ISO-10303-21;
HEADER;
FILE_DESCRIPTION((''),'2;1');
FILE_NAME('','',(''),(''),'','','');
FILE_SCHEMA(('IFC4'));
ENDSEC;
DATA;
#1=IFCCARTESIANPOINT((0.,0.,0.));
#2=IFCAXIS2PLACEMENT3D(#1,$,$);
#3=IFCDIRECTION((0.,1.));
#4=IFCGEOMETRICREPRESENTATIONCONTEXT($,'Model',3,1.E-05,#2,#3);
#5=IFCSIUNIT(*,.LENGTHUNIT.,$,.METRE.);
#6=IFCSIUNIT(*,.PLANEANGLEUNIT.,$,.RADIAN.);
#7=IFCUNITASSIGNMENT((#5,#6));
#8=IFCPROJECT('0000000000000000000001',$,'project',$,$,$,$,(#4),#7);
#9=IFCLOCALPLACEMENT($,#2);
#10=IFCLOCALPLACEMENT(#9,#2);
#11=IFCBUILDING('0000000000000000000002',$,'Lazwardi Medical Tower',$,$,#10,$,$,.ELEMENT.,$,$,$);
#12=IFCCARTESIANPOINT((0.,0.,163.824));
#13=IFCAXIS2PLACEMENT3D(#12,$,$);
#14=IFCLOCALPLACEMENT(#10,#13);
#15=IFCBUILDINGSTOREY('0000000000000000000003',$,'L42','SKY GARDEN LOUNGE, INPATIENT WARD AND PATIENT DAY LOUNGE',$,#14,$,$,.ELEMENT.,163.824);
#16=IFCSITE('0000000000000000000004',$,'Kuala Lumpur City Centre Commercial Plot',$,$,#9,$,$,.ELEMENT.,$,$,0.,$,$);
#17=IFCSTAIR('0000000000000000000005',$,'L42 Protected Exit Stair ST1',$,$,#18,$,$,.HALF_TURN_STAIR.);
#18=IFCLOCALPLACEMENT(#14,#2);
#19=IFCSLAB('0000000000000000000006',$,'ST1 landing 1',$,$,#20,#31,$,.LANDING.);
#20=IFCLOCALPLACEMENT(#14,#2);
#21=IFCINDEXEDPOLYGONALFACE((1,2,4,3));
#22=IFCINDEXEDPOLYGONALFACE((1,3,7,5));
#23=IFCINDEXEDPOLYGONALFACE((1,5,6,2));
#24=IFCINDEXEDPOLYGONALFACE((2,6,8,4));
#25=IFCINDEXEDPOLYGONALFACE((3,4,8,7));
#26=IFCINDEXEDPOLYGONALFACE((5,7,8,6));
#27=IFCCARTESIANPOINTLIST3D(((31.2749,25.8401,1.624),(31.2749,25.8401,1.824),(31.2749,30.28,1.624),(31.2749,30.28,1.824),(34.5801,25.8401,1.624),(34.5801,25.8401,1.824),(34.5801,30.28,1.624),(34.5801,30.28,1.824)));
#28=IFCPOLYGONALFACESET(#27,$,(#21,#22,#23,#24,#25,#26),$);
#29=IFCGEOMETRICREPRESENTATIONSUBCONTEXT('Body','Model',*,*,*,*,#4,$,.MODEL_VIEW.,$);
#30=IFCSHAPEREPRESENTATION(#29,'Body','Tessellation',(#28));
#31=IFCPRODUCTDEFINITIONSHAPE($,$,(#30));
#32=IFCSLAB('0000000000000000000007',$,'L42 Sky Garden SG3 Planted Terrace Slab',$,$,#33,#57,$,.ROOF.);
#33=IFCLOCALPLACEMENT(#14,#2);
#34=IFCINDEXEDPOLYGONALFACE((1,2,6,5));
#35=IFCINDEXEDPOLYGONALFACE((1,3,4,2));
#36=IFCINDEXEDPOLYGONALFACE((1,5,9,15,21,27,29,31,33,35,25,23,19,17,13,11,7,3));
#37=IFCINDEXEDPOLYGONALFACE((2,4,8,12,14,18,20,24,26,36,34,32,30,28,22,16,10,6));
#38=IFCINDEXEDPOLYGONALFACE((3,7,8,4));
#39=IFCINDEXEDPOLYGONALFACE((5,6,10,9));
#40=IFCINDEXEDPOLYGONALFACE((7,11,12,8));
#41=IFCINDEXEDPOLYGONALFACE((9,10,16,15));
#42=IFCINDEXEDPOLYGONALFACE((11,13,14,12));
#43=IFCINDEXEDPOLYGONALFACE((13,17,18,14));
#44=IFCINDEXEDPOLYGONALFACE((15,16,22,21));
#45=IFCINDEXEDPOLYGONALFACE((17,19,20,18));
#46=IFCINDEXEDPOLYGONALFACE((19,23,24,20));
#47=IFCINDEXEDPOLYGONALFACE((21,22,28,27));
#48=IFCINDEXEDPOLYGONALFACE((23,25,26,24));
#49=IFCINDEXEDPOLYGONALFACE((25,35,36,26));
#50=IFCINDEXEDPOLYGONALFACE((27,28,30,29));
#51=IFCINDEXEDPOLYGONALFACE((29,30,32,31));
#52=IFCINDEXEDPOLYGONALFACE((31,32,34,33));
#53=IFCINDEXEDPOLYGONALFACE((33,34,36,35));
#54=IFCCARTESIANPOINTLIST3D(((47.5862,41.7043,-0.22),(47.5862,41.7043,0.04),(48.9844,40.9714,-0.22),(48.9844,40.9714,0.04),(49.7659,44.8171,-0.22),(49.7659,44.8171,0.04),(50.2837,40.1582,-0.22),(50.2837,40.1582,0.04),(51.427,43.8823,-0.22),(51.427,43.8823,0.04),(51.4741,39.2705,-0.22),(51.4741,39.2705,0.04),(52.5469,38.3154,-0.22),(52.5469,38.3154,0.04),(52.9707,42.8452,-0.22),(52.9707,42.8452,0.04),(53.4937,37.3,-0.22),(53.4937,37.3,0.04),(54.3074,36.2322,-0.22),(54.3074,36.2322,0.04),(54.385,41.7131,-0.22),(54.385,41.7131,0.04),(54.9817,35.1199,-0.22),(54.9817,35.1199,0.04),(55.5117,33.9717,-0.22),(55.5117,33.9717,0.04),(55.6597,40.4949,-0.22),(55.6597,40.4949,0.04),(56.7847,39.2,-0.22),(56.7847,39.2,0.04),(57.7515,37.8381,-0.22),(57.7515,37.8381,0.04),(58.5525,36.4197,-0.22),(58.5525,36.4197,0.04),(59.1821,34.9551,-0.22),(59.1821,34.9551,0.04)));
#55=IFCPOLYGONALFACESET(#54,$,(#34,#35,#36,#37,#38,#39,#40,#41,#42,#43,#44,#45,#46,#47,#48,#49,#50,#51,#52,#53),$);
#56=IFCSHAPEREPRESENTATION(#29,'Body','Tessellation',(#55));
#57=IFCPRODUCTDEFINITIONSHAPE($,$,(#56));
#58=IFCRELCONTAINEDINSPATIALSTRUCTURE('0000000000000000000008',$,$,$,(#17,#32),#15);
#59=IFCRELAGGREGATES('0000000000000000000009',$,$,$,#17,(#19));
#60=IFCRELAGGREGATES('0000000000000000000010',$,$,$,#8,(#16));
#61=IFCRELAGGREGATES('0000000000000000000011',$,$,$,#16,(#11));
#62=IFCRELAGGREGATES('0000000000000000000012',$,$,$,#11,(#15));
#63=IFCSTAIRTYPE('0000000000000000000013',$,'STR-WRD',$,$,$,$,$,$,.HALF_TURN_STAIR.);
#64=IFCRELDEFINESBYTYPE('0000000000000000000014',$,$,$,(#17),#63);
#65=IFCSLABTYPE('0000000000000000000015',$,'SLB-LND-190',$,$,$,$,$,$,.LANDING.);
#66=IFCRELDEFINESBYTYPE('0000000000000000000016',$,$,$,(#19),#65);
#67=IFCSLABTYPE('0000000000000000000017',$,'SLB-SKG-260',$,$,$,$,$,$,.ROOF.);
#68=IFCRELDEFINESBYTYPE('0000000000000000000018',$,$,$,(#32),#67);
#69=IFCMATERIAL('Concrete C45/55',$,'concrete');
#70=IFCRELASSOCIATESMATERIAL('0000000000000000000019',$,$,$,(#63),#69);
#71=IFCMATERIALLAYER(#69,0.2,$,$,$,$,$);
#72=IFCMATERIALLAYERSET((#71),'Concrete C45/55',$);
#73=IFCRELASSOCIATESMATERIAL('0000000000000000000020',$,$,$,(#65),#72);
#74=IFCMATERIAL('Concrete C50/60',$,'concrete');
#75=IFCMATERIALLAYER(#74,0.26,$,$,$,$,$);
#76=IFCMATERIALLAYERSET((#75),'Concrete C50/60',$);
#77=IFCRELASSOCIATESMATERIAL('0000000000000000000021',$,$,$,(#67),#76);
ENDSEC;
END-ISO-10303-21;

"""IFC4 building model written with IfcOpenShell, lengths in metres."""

from ifc_helpers import new_model, si_unit, direction, frame, origin, place, context, subcontext, project, spatial, polyline, outline, extrude, material, layer, layer_set, type_object, element, aggregate, save


model = new_model("IFC4")

# Units and contexts
model_context = context("Model", 3, precision=1e-05, world=origin(), true_north=direction((0.0, 1.0)))
body_context = subcontext(model_context, "Body", "Model", "MODEL_VIEW")
ifc_project = project(units=[si_unit("LENGTHUNIT", "METRE"), si_unit("PLANEANGLEUNIT", "RADIAN")], contexts=[model_context])

# Site, building, storey
site_placement = place(None, origin())
site = spatial("IfcSite", under=ifc_project, at=site_placement, Name="Kuala Lumpur City Centre Commercial Plot", CompositionType="ELEMENT", RefElevation=0.0)
building_placement = place(site_placement, origin())
building = spatial("IfcBuilding", under=site, at=building_placement, Name="Lazwardi Medical Tower", CompositionType="ELEMENT")
storey_placement = place(building_placement, frame((0.0, 0.0, 163.824)))
storey = spatial("IfcBuildingStorey", under=building, at=storey_placement, Name="L42", Description="SKY GARDEN LOUNGE, INPATIENT WARD AND PATIENT DAY LOUNGE", CompositionType="ELEMENT", Elevation=163.824)

# Stair, slab
ifc_material_1 = material(Name="Concrete C45/55", Category="concrete")
stair_type = type_object("IfcStairType", Name="STR-WRD", PredefinedType="HALF_TURN_STAIR", material=ifc_material_1)
stair_placement = place(storey_placement, origin())
stair = element("IfcStair", 1, at=stair_placement, inside=storey, type_object=stair_type, Name="L42 Protected Exit Stair ST1", PredefinedType="HALF_TURN_STAIR")
ifc_layer_1 = layer(ifc_material_1, 0.2)
ifc_layer_set_1 = layer_set([ifc_layer_1], Name="Concrete C45/55")
slab_type_1 = type_object("IfcSlabType", Name="SLB-LND-190", PredefinedType="LANDING", material=ifc_layer_set_1)
slab_1_placement = place(storey_placement, frame((0.0, 0.0, 1.624)))
slab_1 = element("IfcSlab", 2, at=slab_1_placement, type_object=slab_type_1, Name="ST1 landing 1", PredefinedType="LANDING", context=body_context, shape_type="SweptSolid", body=[
    extrude(outline(polyline([(31.2749, 25.8401), (34.5801, 25.8401), (34.5801, 30.28), (31.2749, 30.28), (31.2749, 25.8401)])), origin(), (0.0, 0.0, 1.0), 0.2),
])
aggregate(stair, [slab_1])

# Slab
ifc_material_2 = material(Name="Concrete C50/60", Category="concrete")
ifc_layer_2 = layer(ifc_material_2, 0.26)
ifc_layer_set_2 = layer_set([ifc_layer_2], Name="Concrete C50/60")
slab_type_2 = type_object("IfcSlabType", Name="SLB-SKG-260", PredefinedType="ROOF", material=ifc_layer_set_2)
slab_2_placement = place(storey_placement, frame((0.0, 0.0, -0.22)))
element("IfcSlab", 3, at=slab_2_placement, inside=storey, type_object=slab_type_2, Name="L42 Sky Garden SG3 Planted Terrace Slab", PredefinedType="ROOF", context=body_context, shape_type="SweptSolid", body=[
    extrude(outline(polyline([(58.5525, 36.4197), (57.7515, 37.8381), (56.7847, 39.2), (55.6597, 40.4949), (54.385, 41.7131), (52.9707, 42.8452), (51.427, 43.8823), (49.7659, 44.8171), (47.5862, 41.7043), (48.9844, 40.9714), (50.2837, 40.1582), (51.4741, 39.2705), (52.5469, 38.3154), (53.4937, 37.3), (54.3074, 36.2322), (54.9817, 35.1199), (55.5117, 33.9717), (59.1821, 34.9551), (58.5525, 36.4197)])), origin(), (0.0, 0.0, 1.0), 0.26),
])

save(model, "model.ifc")
